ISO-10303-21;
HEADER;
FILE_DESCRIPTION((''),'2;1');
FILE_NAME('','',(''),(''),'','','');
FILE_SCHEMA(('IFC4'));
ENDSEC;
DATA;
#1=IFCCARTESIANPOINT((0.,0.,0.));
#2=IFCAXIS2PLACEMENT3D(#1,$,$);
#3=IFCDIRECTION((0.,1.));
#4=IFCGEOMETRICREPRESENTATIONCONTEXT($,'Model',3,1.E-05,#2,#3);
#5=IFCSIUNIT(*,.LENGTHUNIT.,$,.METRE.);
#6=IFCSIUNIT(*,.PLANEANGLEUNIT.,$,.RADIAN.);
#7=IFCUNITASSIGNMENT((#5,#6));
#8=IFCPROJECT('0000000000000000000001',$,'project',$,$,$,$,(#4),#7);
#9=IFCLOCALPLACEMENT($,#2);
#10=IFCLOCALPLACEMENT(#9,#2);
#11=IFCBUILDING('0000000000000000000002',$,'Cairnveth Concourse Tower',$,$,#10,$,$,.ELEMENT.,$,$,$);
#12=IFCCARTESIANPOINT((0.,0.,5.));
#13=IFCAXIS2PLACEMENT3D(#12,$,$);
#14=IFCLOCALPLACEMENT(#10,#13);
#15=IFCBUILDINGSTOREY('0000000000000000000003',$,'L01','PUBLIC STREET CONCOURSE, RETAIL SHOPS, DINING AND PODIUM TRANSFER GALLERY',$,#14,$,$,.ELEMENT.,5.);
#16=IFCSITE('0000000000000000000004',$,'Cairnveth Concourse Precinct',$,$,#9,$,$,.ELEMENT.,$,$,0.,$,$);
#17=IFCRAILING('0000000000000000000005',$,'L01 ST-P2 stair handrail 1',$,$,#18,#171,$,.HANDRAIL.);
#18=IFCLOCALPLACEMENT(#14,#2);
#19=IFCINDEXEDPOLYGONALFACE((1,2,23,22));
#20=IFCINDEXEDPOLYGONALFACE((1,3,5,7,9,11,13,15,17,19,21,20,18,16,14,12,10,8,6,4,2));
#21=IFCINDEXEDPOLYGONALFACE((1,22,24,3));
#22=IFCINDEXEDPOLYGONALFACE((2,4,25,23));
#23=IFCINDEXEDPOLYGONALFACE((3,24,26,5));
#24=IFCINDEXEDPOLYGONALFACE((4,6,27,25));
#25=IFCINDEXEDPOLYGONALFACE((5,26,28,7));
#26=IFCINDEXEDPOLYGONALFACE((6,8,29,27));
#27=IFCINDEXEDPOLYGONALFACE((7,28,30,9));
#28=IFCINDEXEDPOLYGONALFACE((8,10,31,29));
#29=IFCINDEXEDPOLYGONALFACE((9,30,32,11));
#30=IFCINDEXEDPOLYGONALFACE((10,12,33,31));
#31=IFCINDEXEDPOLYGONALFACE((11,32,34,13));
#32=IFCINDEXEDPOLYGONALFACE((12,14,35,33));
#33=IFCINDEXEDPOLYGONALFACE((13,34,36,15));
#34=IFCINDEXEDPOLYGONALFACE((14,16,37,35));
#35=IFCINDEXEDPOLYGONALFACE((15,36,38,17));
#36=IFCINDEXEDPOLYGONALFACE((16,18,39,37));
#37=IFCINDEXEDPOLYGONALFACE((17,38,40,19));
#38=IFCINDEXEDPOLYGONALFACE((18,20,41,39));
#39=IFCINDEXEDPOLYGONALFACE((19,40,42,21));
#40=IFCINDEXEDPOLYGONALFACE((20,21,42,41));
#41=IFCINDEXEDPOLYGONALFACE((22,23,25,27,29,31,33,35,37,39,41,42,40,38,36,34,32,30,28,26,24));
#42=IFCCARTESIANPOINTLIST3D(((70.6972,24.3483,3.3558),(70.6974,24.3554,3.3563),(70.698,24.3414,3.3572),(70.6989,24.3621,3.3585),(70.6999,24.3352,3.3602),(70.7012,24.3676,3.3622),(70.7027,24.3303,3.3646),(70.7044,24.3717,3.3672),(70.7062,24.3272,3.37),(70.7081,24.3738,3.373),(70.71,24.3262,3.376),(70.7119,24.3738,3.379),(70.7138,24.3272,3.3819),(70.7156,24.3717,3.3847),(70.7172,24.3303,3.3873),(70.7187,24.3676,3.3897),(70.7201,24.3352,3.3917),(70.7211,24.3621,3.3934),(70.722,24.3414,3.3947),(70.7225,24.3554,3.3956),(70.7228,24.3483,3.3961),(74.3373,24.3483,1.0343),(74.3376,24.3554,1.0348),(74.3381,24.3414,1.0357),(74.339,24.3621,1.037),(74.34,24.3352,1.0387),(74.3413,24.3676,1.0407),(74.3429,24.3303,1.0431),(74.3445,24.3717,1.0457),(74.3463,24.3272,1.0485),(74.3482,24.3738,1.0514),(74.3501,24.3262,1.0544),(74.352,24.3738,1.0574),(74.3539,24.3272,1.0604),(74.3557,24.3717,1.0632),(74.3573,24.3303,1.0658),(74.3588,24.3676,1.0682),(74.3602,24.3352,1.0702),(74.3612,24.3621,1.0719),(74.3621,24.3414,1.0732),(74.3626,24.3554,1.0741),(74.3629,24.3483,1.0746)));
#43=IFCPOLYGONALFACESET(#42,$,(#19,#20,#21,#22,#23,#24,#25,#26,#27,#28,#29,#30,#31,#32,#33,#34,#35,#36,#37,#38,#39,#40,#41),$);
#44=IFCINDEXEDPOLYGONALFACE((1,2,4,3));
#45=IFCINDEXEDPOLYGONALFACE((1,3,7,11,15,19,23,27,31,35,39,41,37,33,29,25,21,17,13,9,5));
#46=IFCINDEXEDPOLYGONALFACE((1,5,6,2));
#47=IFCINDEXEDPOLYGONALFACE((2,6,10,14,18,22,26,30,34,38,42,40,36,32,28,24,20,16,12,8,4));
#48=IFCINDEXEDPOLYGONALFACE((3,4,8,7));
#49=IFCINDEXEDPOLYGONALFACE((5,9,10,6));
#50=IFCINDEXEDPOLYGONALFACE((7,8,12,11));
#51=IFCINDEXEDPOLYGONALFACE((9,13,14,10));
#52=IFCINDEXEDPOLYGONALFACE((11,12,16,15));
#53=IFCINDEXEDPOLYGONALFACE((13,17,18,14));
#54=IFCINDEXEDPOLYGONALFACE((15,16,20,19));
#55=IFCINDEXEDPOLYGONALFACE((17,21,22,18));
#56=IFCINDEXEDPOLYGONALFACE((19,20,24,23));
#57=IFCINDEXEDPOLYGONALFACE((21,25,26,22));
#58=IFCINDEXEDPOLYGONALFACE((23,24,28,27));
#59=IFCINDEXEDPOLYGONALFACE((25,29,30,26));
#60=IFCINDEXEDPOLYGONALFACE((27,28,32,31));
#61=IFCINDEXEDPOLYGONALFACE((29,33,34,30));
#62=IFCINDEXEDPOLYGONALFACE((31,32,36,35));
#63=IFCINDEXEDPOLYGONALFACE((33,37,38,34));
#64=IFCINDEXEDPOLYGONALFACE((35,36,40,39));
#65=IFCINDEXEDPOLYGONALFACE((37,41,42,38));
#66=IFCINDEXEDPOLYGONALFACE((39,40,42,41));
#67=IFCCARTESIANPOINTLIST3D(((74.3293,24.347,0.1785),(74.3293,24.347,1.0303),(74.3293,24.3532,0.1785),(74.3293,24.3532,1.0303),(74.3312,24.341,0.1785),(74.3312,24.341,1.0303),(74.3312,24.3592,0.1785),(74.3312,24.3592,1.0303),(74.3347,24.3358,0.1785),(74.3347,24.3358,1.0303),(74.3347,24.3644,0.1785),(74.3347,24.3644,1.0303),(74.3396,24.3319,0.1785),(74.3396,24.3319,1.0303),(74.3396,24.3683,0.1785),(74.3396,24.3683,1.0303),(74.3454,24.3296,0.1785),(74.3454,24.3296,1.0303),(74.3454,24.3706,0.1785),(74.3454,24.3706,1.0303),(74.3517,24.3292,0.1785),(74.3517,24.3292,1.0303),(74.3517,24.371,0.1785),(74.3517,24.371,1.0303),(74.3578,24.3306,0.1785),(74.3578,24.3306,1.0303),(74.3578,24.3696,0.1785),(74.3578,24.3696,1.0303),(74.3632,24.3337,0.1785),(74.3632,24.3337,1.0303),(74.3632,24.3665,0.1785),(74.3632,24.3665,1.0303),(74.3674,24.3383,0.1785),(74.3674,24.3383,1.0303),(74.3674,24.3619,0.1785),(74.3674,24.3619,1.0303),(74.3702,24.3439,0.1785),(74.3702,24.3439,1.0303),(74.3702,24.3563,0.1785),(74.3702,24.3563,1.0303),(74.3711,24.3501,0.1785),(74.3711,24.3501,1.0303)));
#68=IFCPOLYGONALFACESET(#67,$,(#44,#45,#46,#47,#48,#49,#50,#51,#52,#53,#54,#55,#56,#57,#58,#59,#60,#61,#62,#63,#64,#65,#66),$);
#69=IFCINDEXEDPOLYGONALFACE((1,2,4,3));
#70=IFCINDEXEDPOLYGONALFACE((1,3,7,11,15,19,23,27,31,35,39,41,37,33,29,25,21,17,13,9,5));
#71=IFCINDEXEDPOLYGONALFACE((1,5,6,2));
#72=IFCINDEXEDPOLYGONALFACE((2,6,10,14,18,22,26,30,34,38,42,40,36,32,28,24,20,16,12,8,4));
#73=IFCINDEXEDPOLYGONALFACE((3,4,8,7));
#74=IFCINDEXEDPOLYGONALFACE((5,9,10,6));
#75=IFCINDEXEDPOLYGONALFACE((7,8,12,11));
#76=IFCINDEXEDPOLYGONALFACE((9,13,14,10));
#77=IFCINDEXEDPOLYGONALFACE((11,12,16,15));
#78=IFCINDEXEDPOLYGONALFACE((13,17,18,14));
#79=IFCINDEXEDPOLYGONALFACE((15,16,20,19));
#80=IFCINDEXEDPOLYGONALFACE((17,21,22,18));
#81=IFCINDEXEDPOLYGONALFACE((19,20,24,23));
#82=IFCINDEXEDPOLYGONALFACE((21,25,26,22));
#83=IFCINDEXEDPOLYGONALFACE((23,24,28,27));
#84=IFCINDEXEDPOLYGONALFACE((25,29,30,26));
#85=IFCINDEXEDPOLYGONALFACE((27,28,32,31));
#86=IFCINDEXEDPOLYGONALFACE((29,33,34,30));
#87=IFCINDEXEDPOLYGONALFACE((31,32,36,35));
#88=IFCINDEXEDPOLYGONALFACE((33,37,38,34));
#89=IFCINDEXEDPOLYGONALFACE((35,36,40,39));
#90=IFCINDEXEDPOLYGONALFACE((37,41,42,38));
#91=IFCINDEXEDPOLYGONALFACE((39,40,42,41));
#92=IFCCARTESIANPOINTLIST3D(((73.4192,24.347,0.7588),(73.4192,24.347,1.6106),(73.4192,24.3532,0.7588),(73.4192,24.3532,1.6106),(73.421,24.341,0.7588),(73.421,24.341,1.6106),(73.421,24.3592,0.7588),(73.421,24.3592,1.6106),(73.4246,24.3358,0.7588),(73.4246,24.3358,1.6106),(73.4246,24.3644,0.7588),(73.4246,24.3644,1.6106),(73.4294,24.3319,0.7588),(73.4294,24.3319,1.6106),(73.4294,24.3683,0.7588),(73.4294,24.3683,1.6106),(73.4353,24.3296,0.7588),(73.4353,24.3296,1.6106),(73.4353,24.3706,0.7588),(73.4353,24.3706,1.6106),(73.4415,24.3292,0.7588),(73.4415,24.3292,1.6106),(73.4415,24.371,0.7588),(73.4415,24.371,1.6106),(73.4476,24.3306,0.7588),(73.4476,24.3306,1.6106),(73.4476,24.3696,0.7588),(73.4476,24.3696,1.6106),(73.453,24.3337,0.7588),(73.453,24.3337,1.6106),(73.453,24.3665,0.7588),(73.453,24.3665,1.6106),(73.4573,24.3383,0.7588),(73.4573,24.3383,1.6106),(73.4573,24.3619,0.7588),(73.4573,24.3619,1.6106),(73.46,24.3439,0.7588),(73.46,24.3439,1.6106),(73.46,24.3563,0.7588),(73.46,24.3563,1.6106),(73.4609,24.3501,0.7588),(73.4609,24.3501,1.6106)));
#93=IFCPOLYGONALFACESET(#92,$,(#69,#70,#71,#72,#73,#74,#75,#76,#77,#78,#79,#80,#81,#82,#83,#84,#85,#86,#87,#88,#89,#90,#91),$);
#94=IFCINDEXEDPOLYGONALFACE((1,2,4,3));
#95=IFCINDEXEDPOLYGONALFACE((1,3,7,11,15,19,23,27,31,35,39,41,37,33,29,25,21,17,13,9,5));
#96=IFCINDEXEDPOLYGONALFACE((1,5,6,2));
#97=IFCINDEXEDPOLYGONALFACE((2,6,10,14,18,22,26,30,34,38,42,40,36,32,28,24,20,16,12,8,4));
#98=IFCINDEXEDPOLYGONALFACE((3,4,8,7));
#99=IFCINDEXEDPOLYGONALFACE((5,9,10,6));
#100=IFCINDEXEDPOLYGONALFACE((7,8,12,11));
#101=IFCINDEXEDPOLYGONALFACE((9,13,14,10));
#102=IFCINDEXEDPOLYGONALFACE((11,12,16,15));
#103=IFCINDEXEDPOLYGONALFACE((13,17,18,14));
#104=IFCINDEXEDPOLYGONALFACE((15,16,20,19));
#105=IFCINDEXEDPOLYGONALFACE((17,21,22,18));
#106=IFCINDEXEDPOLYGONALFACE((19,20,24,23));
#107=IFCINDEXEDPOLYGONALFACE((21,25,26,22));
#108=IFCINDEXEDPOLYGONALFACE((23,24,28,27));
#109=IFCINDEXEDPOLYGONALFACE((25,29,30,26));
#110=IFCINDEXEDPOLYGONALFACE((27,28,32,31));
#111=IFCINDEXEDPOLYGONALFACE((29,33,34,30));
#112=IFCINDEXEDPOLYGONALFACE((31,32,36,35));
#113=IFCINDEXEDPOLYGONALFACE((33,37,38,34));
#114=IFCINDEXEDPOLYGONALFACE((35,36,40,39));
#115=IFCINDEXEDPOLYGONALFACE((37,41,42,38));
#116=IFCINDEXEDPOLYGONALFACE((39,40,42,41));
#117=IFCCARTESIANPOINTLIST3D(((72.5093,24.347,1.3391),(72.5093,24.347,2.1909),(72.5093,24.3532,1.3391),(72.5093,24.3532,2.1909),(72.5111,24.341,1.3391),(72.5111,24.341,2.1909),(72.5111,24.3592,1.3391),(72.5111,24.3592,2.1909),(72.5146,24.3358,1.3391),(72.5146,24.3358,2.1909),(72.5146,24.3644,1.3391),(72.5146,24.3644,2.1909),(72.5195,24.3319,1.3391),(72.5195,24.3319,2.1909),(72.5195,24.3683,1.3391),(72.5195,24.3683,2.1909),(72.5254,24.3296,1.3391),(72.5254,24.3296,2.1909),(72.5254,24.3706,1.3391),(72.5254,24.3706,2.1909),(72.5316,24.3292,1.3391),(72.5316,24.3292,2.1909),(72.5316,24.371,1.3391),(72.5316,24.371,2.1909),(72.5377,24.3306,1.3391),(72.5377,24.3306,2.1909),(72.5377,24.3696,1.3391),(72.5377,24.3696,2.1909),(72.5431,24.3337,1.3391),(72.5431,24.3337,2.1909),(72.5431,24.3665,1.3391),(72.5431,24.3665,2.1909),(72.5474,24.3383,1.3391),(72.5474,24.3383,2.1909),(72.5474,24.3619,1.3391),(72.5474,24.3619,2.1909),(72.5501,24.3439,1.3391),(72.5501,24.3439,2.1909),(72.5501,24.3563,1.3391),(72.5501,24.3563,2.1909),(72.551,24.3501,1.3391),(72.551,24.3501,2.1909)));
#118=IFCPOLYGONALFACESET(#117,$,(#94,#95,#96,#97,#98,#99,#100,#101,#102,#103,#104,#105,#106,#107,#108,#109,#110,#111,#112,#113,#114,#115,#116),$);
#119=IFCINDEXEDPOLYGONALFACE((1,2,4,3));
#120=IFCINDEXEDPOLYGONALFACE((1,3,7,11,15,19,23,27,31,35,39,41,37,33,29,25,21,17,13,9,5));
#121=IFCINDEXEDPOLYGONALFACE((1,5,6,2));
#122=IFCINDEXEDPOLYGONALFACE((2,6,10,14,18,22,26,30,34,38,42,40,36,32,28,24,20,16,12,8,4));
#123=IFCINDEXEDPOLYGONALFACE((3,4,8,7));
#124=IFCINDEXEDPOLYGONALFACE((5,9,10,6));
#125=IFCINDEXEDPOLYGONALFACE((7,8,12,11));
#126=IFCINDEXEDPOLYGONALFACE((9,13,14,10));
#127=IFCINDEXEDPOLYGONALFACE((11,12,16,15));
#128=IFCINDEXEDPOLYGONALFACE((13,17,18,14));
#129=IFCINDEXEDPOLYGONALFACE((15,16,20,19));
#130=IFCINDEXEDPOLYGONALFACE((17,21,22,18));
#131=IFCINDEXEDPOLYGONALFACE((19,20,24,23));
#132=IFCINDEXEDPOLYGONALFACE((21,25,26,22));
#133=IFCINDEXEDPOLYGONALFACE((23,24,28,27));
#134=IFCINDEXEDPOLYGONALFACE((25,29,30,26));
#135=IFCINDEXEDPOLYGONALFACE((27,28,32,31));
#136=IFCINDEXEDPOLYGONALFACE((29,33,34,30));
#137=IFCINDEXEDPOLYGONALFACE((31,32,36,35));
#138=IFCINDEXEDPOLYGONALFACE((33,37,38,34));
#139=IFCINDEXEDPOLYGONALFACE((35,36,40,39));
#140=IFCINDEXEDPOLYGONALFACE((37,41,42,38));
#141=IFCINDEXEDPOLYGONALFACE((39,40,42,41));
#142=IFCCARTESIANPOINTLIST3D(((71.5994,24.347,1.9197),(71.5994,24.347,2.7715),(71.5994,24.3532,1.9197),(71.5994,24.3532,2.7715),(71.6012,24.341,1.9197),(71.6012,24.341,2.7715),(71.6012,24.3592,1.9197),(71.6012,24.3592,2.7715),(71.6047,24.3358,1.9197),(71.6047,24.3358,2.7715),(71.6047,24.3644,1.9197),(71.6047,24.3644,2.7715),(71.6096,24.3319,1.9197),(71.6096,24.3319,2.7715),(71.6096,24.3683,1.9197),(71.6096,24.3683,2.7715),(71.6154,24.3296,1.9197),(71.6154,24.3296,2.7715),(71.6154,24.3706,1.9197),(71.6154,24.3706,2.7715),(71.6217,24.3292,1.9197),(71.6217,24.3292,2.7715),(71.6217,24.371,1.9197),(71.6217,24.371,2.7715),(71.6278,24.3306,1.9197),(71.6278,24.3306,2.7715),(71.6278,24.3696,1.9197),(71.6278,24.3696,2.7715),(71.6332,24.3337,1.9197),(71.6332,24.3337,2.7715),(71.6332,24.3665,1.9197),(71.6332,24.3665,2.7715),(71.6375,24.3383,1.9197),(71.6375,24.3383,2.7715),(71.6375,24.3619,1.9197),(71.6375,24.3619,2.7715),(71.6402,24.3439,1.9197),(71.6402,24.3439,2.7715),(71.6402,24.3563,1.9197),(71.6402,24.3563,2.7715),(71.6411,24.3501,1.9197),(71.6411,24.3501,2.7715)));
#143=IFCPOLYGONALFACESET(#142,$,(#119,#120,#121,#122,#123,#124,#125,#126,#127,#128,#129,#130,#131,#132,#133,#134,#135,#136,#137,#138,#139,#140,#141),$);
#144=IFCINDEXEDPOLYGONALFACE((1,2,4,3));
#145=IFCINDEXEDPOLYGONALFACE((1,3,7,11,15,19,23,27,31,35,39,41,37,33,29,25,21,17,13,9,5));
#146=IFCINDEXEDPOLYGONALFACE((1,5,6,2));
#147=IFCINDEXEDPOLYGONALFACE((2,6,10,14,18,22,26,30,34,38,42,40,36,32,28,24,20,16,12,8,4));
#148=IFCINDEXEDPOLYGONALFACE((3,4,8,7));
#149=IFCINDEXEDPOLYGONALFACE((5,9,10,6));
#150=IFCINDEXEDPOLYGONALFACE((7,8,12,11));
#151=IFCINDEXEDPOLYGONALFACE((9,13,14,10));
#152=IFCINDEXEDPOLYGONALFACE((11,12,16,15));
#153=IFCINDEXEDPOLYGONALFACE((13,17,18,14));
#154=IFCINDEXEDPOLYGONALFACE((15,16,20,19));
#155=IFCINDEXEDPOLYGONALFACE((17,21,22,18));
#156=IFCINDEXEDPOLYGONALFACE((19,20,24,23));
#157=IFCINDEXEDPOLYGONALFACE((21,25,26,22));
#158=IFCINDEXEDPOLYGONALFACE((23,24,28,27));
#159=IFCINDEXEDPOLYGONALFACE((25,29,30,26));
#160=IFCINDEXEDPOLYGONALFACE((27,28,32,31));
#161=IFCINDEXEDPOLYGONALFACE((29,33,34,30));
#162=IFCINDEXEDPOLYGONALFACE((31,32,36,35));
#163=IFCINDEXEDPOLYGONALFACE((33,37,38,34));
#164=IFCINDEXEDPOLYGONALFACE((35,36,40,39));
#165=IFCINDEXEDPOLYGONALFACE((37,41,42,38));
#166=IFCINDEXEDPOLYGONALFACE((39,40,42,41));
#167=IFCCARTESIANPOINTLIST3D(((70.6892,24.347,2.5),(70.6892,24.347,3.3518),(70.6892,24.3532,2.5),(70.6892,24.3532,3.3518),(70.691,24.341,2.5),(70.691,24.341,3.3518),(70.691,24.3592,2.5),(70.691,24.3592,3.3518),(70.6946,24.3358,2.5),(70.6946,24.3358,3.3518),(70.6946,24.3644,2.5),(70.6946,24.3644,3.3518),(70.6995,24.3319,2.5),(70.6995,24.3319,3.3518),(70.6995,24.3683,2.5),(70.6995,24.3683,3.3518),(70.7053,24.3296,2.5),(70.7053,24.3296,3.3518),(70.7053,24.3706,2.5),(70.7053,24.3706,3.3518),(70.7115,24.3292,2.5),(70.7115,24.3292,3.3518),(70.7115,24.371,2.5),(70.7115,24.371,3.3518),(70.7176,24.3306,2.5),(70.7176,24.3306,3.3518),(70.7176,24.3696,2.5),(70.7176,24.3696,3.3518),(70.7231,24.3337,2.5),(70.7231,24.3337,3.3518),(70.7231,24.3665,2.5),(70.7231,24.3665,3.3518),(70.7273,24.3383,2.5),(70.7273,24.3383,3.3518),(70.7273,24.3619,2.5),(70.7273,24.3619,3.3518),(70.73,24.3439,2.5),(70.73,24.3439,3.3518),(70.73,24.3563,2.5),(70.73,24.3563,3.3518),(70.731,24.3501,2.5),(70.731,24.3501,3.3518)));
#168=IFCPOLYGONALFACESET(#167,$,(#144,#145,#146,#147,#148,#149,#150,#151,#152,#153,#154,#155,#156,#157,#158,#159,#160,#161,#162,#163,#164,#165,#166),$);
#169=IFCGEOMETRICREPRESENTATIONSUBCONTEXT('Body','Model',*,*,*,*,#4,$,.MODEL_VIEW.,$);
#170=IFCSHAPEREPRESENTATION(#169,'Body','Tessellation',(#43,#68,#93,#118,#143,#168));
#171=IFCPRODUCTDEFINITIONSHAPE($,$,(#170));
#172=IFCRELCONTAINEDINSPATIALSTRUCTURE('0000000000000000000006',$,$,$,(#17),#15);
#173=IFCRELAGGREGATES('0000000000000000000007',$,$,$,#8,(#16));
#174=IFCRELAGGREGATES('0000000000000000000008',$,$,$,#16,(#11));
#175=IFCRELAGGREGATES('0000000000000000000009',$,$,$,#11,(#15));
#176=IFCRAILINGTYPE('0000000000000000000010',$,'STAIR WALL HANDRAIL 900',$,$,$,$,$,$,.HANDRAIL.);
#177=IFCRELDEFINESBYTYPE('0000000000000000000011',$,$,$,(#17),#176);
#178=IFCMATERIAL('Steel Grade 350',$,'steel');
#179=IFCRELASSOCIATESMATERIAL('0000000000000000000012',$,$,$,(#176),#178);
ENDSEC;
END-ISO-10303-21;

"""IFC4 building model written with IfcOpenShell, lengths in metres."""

from ifc_helpers import new_model, si_unit, direction, frame, origin, origin_2d, place, context, subcontext, project, spatial, circle, extrude, material, type_object, element, save


model = new_model("IFC4")

# Units and contexts
model_context = context("Model", 3, precision=1e-05, world=origin(), true_north=direction((0.0, 1.0)))
body_context = subcontext(model_context, "Body", "Model", "MODEL_VIEW")
ifc_project = project(units=[si_unit("LENGTHUNIT", "METRE"), si_unit("PLANEANGLEUNIT", "RADIAN")], contexts=[model_context])

# Site, building, storey
site_placement = place(None, origin())
site = spatial("IfcSite", under=ifc_project, at=site_placement, Name="Cairnveth Concourse Precinct", CompositionType="ELEMENT", RefElevation=0.0)
building_placement = place(site_placement, origin())
building = spatial("IfcBuilding", under=site, at=building_placement, Name="Cairnveth Concourse Tower", CompositionType="ELEMENT")
storey_placement = place(building_placement, frame((0.0, 0.0, 5.0)))
storey = spatial("IfcBuildingStorey", under=building, at=storey_placement, Name="L01", Description="PUBLIC STREET CONCOURSE, RETAIL SHOPS, DINING AND PODIUM TRANSFER GALLERY", CompositionType="ELEMENT", Elevation=5.0)

# Shared definitions
ifc_material_1 = material(Name="Steel Grade 350", Category="steel")

# Railing
railing_type_1 = type_object("IfcRailingType", Name="STAIR WALL HANDRAIL 900", PredefinedType="HANDRAIL", material=ifc_material_1)
railing_1_placement = place(storey_placement, frame((74.3501, 24.3501, 0.1785)))
element("IfcRailing", 1, at=railing_1_placement, inside=storey, type_object=railing_type_1, Name="L01 ST-P2 stair handrail 1", PredefinedType="HANDRAIL", context=body_context, shape_type="SweptSolid", body=[
    extrude(circle(Radius=0.0239, at=origin_2d()), frame((0.0, 0.0, 0.876), z_axis=(-0.843128, 0.0, 0.537713), x_axis=(0.0, -1.0, 0.0)), (0.0, 0.0, 1.0), 4.3174),
    extrude(circle(Radius=0.021, at=origin_2d()), origin(), (0.0, 0.0, 1.0), 0.8518),
    extrude(circle(Radius=0.021, at=origin_2d()), frame((-0.9102, 0.0, 0.5803)), (0.0, 0.0, 1.0), 0.8518),
    extrude(circle(Radius=0.021, at=origin_2d()), frame((-1.8201, 0.0, 1.1606)), (0.0, 0.0, 1.0), 0.8518),
    extrude(circle(Radius=0.021, at=origin_2d()), frame((-2.73, 0.0, 1.7412)), (0.0, 0.0, 1.0), 0.8518),
    extrude(circle(Radius=0.021, at=origin_2d()), frame((-3.6401, 0.0, 2.3215)), (0.0, 0.0, 1.0), 0.8518),
])

save(model, "model.ifc")
